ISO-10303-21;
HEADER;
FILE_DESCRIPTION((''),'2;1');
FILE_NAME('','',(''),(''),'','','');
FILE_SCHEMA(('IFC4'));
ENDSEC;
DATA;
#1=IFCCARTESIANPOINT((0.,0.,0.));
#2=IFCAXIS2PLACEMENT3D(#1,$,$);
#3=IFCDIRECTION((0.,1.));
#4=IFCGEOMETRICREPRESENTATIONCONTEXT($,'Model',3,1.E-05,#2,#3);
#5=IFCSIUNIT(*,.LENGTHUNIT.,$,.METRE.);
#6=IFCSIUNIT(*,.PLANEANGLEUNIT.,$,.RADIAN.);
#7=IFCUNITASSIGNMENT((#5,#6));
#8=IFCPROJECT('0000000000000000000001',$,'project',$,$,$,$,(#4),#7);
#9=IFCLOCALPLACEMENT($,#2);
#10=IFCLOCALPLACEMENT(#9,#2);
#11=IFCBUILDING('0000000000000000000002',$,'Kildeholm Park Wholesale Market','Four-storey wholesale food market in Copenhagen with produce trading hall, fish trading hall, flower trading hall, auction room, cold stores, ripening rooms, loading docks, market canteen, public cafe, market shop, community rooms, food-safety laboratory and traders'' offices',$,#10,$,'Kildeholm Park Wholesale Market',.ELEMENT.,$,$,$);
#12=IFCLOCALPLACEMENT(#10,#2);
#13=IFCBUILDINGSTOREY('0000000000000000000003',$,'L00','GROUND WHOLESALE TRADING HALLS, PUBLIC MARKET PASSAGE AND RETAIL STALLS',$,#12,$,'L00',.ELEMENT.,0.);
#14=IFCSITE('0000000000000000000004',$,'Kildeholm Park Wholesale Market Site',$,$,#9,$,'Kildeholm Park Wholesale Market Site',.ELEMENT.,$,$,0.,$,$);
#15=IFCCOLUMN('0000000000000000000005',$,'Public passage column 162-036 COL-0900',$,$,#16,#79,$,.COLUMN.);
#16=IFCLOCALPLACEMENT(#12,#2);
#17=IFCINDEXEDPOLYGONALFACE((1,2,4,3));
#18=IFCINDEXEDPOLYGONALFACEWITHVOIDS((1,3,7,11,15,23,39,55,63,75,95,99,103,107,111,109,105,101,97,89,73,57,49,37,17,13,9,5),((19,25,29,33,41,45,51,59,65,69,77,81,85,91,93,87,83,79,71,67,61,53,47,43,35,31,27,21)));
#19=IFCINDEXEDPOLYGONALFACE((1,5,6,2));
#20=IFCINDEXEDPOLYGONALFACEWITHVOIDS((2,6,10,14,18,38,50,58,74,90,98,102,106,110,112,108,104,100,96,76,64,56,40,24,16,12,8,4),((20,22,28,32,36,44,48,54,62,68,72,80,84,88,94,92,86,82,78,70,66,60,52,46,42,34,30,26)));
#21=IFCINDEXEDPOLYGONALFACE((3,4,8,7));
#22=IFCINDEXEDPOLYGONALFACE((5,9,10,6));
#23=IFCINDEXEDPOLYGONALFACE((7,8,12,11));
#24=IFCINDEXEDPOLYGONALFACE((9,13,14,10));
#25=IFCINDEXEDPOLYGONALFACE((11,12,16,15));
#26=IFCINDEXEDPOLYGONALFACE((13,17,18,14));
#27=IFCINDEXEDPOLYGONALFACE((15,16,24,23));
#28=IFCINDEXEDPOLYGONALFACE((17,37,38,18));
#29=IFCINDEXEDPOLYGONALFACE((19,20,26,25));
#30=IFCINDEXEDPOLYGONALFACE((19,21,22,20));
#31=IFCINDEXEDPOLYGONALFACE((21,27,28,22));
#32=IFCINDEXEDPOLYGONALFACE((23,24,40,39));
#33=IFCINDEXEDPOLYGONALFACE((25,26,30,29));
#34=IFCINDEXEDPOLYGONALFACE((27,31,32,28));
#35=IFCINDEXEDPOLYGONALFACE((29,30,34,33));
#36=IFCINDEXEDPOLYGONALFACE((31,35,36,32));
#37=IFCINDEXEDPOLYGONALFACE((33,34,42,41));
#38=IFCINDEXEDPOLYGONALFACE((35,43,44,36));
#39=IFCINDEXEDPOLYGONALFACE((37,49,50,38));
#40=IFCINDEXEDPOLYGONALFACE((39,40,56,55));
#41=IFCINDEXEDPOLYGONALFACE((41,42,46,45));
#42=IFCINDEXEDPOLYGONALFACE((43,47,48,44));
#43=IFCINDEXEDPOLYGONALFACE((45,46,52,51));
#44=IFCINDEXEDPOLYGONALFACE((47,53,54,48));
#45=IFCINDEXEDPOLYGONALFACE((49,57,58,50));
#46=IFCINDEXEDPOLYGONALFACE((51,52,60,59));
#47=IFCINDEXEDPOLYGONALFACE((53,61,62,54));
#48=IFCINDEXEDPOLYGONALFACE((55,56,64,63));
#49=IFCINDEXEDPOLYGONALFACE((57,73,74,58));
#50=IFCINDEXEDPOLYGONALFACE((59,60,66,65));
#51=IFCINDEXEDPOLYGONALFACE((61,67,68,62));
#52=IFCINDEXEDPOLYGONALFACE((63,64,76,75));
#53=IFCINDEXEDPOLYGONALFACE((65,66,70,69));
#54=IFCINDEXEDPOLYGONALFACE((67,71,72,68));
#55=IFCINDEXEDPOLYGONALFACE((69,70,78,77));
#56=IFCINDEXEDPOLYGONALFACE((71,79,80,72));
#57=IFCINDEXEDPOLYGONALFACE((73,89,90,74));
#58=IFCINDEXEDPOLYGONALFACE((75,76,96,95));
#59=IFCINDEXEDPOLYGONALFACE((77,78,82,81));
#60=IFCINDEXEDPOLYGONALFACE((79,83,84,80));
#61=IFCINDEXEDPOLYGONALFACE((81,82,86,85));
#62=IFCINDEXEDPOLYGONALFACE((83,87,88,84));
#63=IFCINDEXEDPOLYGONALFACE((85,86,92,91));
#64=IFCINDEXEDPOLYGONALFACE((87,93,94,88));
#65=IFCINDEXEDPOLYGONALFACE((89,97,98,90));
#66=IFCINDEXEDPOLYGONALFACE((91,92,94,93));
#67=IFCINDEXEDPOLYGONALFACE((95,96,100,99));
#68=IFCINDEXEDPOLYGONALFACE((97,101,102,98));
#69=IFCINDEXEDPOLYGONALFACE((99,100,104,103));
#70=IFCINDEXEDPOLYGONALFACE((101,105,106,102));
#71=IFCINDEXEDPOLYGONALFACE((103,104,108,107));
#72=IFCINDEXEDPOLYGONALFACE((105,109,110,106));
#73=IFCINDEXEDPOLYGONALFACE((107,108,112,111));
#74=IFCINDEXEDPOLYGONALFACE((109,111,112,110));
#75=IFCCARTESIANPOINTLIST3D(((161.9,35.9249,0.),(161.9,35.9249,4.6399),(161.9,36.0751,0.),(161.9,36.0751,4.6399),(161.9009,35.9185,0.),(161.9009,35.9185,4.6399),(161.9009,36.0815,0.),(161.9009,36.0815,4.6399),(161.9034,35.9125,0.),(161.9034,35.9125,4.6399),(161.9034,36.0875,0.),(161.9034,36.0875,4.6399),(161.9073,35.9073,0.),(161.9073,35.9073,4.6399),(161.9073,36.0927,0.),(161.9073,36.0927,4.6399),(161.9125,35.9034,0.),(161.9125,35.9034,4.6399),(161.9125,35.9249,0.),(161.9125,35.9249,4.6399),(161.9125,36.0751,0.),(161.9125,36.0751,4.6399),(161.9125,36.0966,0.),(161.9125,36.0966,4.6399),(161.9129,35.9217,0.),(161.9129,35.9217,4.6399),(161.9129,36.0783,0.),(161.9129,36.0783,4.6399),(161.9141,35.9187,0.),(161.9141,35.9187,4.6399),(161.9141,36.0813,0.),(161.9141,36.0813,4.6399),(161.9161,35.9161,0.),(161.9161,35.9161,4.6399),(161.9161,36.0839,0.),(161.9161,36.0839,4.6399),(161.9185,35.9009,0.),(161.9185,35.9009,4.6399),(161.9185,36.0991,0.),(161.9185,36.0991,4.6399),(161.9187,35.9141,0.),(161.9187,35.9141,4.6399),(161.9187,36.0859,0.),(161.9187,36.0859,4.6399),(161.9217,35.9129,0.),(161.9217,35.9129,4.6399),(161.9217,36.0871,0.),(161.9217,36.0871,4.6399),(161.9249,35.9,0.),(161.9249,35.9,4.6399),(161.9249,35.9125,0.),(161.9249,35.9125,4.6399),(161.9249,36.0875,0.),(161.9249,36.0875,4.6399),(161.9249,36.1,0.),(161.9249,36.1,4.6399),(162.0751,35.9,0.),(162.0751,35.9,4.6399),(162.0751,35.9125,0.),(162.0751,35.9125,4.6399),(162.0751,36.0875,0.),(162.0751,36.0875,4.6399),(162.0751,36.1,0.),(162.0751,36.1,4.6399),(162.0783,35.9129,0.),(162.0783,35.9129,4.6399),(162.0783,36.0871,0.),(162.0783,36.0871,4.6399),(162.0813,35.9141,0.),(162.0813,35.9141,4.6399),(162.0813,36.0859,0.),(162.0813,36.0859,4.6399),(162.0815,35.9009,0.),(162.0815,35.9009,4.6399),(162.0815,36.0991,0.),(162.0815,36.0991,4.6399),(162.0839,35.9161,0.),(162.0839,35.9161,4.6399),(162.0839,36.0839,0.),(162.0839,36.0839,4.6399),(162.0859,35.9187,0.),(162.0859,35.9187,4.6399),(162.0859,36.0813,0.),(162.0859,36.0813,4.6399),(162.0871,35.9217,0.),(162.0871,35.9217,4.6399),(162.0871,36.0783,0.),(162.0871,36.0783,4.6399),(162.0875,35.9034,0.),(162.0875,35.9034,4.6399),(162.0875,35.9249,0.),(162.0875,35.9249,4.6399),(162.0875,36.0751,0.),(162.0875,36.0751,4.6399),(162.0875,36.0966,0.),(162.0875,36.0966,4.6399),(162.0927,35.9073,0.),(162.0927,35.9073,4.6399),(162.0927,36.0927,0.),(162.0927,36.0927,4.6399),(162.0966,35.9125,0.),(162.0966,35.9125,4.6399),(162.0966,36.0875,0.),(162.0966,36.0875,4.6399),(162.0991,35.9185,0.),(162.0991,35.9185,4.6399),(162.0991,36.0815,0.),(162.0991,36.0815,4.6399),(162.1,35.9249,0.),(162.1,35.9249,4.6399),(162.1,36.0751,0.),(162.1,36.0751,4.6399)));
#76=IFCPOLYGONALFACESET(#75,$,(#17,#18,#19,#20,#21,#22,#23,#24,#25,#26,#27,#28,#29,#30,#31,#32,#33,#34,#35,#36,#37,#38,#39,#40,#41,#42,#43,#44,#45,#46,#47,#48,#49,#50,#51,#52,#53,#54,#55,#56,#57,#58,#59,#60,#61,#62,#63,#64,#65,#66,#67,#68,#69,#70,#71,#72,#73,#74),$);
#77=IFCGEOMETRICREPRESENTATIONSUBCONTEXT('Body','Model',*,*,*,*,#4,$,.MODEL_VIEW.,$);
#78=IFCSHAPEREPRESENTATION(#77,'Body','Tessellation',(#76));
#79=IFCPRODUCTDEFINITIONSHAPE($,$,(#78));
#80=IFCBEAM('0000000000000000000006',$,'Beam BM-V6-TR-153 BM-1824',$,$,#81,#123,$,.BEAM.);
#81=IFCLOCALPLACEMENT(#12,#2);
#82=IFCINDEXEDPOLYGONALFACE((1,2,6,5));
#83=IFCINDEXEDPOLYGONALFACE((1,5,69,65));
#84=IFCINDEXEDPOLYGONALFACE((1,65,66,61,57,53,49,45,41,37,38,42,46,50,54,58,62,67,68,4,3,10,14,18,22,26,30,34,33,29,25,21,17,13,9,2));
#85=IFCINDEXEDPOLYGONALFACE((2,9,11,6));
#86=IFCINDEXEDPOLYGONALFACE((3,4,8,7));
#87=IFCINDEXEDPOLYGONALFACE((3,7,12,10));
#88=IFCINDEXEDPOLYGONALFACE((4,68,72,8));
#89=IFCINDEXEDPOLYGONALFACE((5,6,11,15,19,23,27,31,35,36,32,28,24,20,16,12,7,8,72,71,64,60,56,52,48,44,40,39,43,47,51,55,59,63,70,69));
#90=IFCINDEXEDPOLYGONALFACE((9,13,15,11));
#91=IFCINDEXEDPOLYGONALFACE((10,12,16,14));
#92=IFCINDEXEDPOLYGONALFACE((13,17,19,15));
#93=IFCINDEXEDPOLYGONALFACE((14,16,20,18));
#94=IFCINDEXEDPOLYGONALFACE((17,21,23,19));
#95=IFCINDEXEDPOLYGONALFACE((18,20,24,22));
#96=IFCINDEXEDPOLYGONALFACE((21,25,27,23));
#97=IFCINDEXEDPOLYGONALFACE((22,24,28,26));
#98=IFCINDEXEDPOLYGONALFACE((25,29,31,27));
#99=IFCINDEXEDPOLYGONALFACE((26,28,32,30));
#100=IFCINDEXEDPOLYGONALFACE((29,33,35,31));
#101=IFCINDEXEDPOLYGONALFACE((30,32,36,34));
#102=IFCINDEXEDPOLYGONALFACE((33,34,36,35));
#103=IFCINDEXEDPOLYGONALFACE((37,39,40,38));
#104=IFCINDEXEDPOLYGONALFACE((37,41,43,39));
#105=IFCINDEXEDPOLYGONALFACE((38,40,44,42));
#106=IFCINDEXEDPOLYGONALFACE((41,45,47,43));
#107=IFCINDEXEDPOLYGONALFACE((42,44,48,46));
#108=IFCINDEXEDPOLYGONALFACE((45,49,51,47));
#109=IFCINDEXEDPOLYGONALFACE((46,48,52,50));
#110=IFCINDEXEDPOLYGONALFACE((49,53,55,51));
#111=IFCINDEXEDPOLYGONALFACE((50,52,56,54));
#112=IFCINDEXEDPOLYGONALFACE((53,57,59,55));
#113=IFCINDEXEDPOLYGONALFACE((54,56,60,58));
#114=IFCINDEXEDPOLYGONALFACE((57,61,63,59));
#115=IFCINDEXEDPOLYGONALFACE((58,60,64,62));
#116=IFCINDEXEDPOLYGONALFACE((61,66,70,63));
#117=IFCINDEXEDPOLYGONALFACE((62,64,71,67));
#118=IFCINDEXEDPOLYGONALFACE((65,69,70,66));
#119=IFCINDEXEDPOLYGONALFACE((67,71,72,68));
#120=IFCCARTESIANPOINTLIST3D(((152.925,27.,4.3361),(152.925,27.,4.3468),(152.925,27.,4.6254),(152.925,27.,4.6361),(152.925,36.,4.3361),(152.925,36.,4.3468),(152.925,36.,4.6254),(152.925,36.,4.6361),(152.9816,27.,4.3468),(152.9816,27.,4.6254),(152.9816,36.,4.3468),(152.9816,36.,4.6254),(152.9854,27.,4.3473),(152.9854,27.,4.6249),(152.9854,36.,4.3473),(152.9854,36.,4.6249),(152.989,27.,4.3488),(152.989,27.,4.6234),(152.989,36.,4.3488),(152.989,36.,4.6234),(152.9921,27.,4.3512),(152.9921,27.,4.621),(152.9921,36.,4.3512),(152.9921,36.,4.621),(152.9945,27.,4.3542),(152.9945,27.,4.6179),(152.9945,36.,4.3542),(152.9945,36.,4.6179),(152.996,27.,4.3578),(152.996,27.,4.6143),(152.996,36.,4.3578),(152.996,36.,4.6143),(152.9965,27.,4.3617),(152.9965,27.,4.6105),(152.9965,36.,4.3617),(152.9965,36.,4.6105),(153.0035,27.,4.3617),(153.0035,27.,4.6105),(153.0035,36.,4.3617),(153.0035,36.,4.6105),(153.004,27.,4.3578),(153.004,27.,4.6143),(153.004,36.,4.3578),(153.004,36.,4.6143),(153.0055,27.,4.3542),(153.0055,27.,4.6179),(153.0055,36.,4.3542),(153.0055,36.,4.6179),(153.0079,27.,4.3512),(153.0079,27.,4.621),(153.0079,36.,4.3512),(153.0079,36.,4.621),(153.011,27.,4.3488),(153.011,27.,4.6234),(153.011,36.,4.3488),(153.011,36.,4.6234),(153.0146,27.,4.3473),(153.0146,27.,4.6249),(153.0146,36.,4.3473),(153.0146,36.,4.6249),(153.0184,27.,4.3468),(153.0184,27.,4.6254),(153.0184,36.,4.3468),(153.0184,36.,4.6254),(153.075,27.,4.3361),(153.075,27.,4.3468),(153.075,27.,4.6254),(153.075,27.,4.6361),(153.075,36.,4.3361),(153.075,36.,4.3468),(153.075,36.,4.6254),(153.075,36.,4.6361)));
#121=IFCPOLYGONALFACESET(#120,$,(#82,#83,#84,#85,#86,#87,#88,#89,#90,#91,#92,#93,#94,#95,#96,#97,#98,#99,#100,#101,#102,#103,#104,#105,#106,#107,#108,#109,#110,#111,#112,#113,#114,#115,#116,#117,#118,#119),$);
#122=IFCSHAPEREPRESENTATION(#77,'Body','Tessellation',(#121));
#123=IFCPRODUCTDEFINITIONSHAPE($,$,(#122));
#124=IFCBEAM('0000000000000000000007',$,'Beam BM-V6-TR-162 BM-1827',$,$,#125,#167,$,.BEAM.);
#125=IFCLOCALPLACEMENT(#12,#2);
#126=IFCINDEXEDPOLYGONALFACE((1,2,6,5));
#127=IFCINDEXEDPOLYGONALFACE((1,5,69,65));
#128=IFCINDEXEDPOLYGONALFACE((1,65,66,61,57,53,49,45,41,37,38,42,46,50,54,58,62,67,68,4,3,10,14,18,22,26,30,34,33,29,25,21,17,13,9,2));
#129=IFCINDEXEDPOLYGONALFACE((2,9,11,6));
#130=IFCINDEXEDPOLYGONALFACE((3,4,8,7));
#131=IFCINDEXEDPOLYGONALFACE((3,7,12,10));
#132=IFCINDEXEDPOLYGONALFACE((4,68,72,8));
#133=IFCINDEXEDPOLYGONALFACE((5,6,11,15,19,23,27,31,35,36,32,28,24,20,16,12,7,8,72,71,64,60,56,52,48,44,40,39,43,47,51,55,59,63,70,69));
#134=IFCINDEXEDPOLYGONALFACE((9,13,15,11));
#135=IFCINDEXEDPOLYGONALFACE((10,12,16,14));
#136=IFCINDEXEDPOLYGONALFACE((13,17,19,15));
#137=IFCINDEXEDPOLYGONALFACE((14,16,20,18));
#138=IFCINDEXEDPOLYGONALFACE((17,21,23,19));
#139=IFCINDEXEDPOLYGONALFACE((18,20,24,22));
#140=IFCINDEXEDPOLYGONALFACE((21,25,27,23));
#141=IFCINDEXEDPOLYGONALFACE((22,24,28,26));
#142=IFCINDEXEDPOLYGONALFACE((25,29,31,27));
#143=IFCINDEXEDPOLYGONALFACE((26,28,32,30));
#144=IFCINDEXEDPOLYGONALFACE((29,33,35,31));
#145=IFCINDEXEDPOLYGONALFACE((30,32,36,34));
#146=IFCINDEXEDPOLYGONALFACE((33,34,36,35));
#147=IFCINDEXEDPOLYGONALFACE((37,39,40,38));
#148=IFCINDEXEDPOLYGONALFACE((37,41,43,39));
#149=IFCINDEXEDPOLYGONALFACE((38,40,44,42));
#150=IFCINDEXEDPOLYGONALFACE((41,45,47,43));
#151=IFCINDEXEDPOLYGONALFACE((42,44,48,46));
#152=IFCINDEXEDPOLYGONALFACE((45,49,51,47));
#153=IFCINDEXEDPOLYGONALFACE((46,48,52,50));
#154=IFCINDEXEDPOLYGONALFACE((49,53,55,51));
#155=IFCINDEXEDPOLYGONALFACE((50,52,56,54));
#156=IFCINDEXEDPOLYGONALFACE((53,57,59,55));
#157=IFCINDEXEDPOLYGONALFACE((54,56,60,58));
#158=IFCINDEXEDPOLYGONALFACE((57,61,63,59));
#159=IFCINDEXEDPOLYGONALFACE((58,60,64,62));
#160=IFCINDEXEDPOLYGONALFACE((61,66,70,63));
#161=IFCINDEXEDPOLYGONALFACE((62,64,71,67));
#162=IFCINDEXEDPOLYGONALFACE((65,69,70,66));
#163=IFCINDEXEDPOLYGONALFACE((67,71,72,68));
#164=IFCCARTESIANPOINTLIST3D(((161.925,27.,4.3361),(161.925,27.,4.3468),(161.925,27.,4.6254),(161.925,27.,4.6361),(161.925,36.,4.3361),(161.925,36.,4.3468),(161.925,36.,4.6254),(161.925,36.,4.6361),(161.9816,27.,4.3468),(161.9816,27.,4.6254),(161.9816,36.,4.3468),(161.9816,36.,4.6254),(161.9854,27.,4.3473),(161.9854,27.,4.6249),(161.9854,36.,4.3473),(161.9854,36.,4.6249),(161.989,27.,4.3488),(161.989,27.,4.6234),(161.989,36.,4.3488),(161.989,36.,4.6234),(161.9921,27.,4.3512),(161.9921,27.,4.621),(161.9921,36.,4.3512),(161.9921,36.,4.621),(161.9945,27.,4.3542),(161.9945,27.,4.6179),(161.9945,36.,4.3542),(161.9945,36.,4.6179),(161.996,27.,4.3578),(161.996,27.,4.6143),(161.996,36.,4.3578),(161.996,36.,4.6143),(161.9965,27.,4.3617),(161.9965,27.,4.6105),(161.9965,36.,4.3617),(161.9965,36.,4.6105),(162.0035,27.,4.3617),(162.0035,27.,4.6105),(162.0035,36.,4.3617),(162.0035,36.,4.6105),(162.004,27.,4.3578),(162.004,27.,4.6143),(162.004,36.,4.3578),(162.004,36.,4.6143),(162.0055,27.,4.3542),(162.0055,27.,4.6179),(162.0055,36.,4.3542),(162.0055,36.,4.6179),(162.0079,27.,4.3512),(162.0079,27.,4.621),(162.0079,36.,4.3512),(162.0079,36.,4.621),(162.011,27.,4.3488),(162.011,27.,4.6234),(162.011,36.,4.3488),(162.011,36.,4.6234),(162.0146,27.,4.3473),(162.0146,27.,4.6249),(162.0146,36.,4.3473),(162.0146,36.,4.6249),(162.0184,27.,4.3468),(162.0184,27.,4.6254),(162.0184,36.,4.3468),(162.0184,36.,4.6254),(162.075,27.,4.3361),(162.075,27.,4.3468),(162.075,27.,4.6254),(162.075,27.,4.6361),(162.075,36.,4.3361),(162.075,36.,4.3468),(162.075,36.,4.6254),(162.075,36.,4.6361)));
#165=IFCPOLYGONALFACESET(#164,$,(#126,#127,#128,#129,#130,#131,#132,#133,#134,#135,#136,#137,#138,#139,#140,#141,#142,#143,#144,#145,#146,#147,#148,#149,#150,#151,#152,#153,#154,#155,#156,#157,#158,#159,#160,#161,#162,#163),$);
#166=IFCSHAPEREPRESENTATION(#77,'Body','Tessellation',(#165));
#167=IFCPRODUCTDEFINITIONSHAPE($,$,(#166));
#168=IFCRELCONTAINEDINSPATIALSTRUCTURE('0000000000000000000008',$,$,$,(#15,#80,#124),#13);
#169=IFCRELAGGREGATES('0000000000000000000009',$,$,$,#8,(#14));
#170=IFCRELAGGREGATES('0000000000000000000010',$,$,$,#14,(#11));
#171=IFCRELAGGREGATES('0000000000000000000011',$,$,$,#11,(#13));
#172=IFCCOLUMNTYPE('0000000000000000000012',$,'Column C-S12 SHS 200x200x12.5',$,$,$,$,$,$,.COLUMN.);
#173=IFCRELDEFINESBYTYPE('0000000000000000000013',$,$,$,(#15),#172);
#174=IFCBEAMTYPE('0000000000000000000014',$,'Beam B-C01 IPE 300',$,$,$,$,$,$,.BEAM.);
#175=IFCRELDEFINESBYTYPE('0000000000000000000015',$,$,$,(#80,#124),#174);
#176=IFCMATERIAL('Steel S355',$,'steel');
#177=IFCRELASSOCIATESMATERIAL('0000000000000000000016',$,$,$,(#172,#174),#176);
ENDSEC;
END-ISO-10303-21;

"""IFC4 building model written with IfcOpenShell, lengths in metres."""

from ifc_helpers import new_model, si_unit, direction, frame, origin, origin_2d, place, context, subcontext, project, spatial, hollow_rectangle, i_section, extrude, material, material_profile, profile_set, type_object, element, save


model = new_model("IFC4")

# Units and contexts
model_context = context("Model", 3, precision=1e-05, world=origin(), true_north=direction((0.0, 1.0)))
body_context = subcontext(model_context, "Body", "Model", "MODEL_VIEW")
ifc_project = project(units=[si_unit("LENGTHUNIT", "METRE"), si_unit("PLANEANGLEUNIT", "RADIAN")], contexts=[model_context])

# Site, building, storey
site_placement = place(None, origin())
site = spatial("IfcSite", under=ifc_project, at=site_placement, Name="Kildeholm Park Wholesale Market Site", LongName="Kildeholm Park Wholesale Market Site", CompositionType="ELEMENT", RefElevation=0.0)
building_placement = place(site_placement, origin())
building = spatial("IfcBuilding", under=site, at=building_placement, Name="Kildeholm Park Wholesale Market", Description="Four-storey wholesale food market in Copenhagen with produce trading hall, fish trading hall, flower trading hall, auction room, cold stores, ripening rooms, loading docks, market canteen, public cafe, market shop, community rooms, food-safety laboratory and traders' offices", LongName="Kildeholm Park Wholesale Market", CompositionType="ELEMENT")
storey_placement = place(building_placement, origin())
storey = spatial("IfcBuildingStorey", under=building, at=storey_placement, Name="L00", Description="GROUND WHOLESALE TRADING HALLS, PUBLIC MARKET PASSAGE AND RETAIL STALLS", LongName="L00", CompositionType="ELEMENT", Elevation=0.0)

# Column
ifc_material_1 = material(Name="Steel S355", Category="steel")
ifc_material_profile_1 = material_profile(ifc_material_1, hollow_rectangle(XDim=0.2, YDim=0.2, WallThickness=0.0125, InnerFilletRadius=0.0125, OuterFilletRadius=0.0249, at=origin_2d()), Name="SHS 200x200x12.5")
ifc_profile_set_1 = profile_set([ifc_material_profile_1], Name="Steel S355")
column_type_1 = type_object("IfcColumnType", Name="Column C-S12 SHS 200x200x12.5", PredefinedType="COLUMN", material=ifc_profile_set_1)
column_1_placement = place(storey_placement, frame((162.0, 36.0, 0.0), z_axis=(0.0, 0.0, 1.0), x_axis=(1.0, 0.0, 0.0)))
element("IfcColumn", 1, at=column_1_placement, inside=storey, type_object=column_type_1, Name="Public passage column 162-036 COL-0900", PredefinedType="COLUMN", context=body_context, shape_type="SweptSolid", body=[
    extrude(hollow_rectangle(XDim=0.2, YDim=0.2, WallThickness=0.0125, InnerFilletRadius=0.0125, OuterFilletRadius=0.0249, at=origin_2d()), origin(), (0.0, 0.0, 1.0), 4.6399),
])

# Beams
ifc_material_profile_2 = material_profile(ifc_material_1, i_section(OverallWidth=0.1499, OverallDepth=0.3, WebThickness=0.0071, FlangeThickness=0.0107, FilletRadius=0.0149, at=origin_2d()), Name="IPE 300")
ifc_profile_set_2 = profile_set([ifc_material_profile_2], Name="Steel S355")
beam_type_1 = type_object("IfcBeamType", Name="Beam B-C01 IPE 300", PredefinedType="BEAM", material=ifc_profile_set_2)
for number, where, z_axis, x_axis, name in (
    (2, (153.0, 27.0, 4.4861), (0.0, 1.0, 0.0), (-1.0, 0.0, 0.0), "Beam BM-V6-TR-153 BM-1824"),
    (3, (162.0, 27.0, 4.4861), (0.0, 1.0, 0.0), (-1.0, 0.0, 0.0), "Beam BM-V6-TR-162 BM-1827"),
):
    element("IfcBeam", number, at=place(storey_placement, frame(where, z_axis=z_axis, x_axis=x_axis)), inside=storey, type_object=beam_type_1, Name=name, PredefinedType="BEAM", context=body_context, shape_type="SweptSolid", body=[
        extrude(i_section(OverallWidth=0.1499, OverallDepth=0.3, WebThickness=0.0071, FlangeThickness=0.0107, FilletRadius=0.0149, at=origin_2d()), origin(), (0.0, 0.0, 1.0), 9.0),
    ])

save(model, "model.ifc")
